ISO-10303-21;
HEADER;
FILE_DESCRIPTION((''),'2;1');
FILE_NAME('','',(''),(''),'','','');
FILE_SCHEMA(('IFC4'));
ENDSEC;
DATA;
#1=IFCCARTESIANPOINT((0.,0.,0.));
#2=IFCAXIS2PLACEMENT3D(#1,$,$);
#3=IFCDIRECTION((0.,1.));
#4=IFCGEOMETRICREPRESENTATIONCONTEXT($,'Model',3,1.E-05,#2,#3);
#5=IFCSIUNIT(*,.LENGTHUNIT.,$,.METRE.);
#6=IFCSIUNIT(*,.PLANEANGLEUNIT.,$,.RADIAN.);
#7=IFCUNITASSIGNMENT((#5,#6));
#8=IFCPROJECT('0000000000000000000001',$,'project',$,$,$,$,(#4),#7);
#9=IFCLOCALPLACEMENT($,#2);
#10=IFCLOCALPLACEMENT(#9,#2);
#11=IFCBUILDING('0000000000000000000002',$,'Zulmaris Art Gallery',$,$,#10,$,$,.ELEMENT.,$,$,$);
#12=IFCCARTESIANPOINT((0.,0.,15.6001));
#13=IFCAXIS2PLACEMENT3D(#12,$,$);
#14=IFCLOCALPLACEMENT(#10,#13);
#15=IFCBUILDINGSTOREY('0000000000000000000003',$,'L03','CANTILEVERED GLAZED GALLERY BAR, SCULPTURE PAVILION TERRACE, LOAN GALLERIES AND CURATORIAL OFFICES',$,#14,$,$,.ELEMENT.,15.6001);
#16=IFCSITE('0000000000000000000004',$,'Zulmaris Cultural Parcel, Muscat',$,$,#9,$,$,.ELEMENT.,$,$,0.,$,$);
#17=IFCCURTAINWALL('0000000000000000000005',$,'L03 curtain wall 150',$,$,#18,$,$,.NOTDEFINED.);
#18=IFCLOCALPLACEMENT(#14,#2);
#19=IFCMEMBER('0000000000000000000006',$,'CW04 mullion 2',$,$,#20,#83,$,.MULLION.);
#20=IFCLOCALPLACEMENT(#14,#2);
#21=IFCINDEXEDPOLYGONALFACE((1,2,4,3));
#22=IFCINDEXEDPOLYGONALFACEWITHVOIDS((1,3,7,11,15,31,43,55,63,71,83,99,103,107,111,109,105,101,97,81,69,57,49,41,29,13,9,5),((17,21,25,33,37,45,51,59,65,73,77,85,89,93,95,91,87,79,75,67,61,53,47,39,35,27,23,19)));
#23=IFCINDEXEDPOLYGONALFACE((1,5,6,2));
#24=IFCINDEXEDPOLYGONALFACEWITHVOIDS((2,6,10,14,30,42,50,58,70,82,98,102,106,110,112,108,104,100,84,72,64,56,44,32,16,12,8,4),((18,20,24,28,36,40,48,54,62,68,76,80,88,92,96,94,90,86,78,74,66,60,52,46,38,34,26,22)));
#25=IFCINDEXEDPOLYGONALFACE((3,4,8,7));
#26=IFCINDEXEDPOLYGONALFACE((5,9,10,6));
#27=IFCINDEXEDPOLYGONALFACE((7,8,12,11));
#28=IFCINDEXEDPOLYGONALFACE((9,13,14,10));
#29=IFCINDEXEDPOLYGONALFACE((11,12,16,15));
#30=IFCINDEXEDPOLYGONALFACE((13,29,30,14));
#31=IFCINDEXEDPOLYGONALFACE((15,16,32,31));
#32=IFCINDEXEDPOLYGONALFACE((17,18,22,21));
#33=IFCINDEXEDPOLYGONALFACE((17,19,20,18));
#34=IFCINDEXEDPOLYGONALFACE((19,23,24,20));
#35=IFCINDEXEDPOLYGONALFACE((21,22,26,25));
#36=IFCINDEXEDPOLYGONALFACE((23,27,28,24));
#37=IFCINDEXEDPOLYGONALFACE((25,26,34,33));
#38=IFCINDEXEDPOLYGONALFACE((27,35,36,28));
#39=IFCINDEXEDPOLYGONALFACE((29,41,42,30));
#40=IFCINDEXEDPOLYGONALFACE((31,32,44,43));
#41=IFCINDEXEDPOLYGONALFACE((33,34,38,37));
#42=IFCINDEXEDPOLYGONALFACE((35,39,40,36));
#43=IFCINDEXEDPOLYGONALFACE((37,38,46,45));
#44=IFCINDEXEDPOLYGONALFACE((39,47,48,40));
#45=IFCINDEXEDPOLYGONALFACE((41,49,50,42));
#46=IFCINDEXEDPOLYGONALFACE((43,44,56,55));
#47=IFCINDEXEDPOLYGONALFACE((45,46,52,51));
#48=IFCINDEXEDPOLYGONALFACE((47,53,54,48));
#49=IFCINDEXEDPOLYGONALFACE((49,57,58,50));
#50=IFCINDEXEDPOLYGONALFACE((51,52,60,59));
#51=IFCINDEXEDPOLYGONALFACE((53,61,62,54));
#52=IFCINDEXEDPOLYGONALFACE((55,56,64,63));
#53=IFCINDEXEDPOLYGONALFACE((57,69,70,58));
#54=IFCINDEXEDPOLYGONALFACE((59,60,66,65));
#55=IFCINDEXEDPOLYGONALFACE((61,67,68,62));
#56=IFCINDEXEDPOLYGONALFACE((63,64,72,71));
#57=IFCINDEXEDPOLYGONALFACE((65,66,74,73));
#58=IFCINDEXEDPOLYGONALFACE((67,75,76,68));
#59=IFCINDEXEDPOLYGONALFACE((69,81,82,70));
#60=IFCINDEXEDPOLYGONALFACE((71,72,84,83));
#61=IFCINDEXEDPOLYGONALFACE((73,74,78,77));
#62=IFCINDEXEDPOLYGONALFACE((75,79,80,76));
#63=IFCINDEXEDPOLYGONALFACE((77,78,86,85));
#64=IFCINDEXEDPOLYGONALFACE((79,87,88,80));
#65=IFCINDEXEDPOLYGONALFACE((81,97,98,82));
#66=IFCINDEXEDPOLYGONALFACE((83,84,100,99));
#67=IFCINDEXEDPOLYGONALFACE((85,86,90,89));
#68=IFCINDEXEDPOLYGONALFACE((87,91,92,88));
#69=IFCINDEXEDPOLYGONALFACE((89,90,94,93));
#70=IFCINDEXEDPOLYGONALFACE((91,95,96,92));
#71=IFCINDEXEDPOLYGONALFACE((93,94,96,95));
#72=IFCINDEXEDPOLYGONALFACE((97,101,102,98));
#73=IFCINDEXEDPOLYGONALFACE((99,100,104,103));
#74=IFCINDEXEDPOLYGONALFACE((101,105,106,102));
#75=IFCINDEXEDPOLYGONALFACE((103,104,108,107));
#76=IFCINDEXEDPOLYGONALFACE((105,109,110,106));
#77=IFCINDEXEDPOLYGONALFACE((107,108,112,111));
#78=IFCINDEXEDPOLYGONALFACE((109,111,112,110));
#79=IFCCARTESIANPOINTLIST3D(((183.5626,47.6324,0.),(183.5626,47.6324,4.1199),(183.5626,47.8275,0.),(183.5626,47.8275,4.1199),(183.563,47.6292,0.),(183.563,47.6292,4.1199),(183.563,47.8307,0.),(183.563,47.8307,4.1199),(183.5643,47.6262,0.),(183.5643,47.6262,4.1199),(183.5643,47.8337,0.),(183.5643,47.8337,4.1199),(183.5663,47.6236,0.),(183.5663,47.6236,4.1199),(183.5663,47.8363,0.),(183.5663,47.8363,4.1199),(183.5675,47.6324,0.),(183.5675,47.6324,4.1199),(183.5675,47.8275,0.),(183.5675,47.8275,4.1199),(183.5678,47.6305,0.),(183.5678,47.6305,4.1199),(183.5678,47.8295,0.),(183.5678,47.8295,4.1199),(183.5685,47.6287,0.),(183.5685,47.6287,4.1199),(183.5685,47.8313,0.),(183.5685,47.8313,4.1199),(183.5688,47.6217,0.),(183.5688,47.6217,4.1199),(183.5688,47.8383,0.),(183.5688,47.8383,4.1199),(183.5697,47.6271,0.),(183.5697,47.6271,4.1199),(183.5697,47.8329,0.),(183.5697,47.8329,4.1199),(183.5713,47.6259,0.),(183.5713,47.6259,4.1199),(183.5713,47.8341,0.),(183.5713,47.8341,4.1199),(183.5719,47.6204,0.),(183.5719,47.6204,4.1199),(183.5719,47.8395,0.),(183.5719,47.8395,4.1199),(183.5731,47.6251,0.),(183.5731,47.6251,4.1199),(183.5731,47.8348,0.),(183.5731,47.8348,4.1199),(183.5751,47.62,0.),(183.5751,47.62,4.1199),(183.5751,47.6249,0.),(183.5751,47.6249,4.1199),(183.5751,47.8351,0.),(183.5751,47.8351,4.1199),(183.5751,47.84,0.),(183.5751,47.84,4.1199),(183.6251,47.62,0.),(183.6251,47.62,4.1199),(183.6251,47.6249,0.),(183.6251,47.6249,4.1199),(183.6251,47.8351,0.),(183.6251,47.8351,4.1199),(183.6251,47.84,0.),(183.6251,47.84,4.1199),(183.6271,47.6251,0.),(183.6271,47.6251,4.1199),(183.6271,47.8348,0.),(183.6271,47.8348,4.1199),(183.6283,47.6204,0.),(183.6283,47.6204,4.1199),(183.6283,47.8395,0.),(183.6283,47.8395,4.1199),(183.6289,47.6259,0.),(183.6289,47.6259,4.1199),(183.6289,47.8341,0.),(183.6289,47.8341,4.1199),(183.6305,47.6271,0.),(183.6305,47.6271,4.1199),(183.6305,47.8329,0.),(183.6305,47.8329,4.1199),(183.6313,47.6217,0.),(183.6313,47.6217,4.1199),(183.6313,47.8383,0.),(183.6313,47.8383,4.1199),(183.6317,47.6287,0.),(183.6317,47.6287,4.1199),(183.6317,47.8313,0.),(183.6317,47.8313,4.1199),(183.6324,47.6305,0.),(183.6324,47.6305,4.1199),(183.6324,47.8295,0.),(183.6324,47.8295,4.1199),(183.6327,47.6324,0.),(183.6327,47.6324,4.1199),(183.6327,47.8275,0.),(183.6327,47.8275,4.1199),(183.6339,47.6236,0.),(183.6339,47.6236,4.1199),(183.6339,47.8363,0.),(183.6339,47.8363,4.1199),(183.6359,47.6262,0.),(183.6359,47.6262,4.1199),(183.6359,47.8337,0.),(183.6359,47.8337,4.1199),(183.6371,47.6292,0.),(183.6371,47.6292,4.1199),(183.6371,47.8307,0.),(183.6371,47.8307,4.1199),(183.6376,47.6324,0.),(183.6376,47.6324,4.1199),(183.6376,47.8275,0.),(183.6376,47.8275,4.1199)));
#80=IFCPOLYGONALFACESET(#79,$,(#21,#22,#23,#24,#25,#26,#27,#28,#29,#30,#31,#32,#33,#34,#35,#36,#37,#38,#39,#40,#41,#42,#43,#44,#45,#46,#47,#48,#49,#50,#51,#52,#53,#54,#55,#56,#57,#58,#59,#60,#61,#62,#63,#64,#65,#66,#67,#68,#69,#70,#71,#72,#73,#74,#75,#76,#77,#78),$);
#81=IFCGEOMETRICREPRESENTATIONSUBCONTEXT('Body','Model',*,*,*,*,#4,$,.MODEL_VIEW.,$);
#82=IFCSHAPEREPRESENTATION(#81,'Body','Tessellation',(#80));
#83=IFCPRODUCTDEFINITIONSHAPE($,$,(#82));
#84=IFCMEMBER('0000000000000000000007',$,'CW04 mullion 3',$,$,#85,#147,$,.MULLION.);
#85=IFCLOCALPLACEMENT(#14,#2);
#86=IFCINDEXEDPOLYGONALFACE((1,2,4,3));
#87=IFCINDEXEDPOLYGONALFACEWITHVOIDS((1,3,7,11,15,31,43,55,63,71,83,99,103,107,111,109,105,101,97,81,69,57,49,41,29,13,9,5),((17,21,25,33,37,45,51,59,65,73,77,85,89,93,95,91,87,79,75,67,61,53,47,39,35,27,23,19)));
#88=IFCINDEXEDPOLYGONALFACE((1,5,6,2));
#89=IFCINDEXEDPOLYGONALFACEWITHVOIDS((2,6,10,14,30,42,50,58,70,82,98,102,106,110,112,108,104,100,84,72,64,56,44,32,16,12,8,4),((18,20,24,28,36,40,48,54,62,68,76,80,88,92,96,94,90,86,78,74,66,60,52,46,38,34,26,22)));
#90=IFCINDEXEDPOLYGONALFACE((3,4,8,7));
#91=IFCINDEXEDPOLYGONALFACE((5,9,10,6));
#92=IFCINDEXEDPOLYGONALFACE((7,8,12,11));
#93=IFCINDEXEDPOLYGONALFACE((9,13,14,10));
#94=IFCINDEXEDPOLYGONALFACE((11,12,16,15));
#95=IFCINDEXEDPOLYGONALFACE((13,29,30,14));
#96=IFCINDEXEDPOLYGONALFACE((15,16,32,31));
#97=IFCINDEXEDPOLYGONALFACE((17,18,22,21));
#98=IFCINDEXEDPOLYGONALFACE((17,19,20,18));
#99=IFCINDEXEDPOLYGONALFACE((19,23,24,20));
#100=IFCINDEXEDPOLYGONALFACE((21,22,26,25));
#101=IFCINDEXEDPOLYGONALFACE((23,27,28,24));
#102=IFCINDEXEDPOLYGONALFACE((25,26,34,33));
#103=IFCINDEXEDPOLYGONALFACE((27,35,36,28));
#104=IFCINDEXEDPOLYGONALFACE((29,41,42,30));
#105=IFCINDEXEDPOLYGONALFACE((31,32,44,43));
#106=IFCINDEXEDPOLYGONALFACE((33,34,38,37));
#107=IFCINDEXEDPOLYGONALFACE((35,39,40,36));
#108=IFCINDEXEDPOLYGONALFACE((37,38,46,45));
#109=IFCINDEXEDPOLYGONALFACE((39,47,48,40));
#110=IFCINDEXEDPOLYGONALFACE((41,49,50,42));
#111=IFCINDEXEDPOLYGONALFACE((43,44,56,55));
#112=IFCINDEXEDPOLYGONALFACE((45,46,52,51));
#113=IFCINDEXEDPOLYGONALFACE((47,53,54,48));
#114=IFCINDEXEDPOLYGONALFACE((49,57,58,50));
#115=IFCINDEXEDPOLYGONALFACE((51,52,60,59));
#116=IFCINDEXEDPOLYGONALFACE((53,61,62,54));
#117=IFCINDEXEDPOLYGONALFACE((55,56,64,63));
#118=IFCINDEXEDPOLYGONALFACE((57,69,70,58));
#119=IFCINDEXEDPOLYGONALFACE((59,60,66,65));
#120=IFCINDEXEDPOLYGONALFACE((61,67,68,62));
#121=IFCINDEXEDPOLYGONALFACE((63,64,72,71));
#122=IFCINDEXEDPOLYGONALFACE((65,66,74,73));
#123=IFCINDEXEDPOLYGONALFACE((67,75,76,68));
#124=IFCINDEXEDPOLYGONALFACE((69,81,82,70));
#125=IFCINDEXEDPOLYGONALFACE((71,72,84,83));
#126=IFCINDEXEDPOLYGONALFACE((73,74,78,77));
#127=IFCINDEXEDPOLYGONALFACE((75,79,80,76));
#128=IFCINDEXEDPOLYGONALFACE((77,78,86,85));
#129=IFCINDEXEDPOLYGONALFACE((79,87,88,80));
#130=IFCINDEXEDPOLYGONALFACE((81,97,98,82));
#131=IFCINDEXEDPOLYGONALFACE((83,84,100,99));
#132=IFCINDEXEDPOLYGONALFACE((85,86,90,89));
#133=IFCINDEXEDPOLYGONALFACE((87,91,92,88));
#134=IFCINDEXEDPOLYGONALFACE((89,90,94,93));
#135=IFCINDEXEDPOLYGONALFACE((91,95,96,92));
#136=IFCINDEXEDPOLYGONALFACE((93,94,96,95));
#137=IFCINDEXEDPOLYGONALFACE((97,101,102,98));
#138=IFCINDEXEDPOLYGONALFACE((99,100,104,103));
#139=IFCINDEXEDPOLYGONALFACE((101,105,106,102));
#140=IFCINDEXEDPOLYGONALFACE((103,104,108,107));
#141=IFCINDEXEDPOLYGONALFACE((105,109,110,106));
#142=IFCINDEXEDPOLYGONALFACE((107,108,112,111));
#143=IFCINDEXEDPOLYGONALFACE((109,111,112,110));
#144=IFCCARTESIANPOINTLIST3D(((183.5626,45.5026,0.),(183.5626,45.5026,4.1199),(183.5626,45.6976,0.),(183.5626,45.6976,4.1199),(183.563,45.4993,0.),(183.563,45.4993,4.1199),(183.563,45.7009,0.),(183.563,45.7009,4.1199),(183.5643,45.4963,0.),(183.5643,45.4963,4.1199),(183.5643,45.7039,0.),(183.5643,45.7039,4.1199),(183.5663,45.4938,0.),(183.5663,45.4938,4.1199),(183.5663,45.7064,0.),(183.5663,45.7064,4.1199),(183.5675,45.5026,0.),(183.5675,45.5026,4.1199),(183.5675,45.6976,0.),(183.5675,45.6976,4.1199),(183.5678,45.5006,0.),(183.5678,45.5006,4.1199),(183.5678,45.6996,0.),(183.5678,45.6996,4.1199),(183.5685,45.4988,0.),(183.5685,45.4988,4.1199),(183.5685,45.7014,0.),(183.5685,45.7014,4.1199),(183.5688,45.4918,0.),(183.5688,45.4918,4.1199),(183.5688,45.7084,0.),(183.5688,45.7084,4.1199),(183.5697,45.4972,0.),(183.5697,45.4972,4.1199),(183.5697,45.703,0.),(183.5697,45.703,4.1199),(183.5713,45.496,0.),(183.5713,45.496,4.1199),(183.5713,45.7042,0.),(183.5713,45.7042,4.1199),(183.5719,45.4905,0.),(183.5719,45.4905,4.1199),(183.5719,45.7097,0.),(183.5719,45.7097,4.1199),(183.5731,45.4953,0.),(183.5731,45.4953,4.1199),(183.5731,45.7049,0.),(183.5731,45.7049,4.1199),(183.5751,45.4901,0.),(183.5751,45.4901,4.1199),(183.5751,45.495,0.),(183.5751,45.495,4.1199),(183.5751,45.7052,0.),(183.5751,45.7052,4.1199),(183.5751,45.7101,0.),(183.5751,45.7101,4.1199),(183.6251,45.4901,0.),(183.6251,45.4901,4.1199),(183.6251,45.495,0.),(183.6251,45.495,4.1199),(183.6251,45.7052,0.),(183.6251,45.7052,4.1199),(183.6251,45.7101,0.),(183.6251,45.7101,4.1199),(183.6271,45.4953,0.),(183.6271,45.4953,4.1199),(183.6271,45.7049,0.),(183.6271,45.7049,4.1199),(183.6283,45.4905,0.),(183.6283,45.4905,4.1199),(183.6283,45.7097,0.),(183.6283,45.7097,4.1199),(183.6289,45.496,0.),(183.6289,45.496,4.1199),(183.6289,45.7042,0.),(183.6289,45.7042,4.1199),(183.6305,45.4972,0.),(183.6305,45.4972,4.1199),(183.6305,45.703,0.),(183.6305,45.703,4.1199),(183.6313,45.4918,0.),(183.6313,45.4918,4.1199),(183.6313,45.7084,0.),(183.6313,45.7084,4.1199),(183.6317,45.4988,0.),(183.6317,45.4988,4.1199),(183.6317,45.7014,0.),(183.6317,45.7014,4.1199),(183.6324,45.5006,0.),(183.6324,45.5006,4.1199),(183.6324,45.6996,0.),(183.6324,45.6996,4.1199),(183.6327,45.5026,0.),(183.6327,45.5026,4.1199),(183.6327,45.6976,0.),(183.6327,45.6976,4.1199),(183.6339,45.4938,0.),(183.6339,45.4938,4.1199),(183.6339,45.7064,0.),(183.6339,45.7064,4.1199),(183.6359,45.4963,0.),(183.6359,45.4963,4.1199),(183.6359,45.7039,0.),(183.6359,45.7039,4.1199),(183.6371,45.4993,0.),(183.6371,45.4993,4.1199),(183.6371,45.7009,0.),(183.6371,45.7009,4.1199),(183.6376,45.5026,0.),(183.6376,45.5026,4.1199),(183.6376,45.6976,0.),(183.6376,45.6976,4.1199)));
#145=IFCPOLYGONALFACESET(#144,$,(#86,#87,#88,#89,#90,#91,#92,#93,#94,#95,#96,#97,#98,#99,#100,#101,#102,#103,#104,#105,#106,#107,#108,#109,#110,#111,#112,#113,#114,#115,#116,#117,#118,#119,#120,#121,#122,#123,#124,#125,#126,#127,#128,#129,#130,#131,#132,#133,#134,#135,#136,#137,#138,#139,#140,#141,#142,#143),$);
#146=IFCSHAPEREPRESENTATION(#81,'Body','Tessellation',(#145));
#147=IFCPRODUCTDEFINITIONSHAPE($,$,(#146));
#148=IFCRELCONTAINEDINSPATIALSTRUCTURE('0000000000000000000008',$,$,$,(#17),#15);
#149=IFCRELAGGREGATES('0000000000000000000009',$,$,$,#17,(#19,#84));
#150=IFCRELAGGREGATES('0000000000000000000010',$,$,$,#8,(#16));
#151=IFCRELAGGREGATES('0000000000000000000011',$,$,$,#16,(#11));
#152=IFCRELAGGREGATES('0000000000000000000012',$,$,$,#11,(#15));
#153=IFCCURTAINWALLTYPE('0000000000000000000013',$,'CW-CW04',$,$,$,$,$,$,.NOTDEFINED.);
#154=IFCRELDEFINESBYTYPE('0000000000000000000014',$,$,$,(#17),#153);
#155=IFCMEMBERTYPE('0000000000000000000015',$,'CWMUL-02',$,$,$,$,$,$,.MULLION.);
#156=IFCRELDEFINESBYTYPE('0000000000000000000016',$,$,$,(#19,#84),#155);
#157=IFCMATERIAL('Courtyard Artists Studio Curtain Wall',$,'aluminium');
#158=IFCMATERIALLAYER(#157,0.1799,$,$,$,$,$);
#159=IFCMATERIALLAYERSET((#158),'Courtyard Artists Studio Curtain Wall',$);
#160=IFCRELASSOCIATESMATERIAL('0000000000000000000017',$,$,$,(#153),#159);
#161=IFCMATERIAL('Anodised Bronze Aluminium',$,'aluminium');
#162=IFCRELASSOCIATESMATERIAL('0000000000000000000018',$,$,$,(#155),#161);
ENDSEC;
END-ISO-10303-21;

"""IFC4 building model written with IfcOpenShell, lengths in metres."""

from ifc_helpers import new_model, si_unit, direction, frame, origin, origin_2d, place, context, subcontext, project, spatial, hollow_rectangle, extrude, material, layer, layer_set, material_profile, profile_set, type_object, element, aggregate, save


model = new_model("IFC4")

# Units and contexts
model_context = context("Model", 3, precision=1e-05, world=origin(), true_north=direction((0.0, 1.0)))
body_context = subcontext(model_context, "Body", "Model", "MODEL_VIEW")
ifc_project = project(units=[si_unit("LENGTHUNIT", "METRE"), si_unit("PLANEANGLEUNIT", "RADIAN")], contexts=[model_context])

# Site, building, storey
site_placement = place(None, origin())
site = spatial("IfcSite", under=ifc_project, at=site_placement, Name="Zulmaris Cultural Parcel, Muscat", CompositionType="ELEMENT", RefElevation=0.0)
building_placement = place(site_placement, origin())
building = spatial("IfcBuilding", under=site, at=building_placement, Name="Zulmaris Art Gallery", CompositionType="ELEMENT")
storey_placement = place(building_placement, frame((0.0, 0.0, 15.6001)))
storey = spatial("IfcBuildingStorey", under=building, at=storey_placement, Name="L03", Description="CANTILEVERED GLAZED GALLERY BAR, SCULPTURE PAVILION TERRACE, LOAN GALLERIES AND CURATORIAL OFFICES", CompositionType="ELEMENT", Elevation=15.6001)

# Curtain wall, members
ifc_material_1 = material(Name="Courtyard Artists Studio Curtain Wall", Category="aluminium")
ifc_layer_1 = layer(ifc_material_1, 0.1799)
ifc_layer_set_1 = layer_set([ifc_layer_1], Name="Courtyard Artists Studio Curtain Wall")
curtain_wall_type = type_object("IfcCurtainWallType", Name="CW-CW04", PredefinedType="NOTDEFINED", material=ifc_layer_set_1)
curtain_wall_1_placement = place(storey_placement, origin())
curtain_wall_1 = element("IfcCurtainWall", 1, at=curtain_wall_1_placement, inside=storey, type_object=curtain_wall_type, Name="L03 curtain wall 150", PredefinedType="NOTDEFINED")
ifc_material_2 = material(Name="Anodised Bronze Aluminium", Category="aluminium")
ifc_material_profile_1 = material_profile(ifc_material_2, hollow_rectangle(XDim=0.075, YDim=0.22, WallThickness=0.0049, InnerFilletRadius=0.0076, OuterFilletRadius=0.0125, at=origin_2d()), Name="ALU 75x220x5")
ifc_profile_set_1 = profile_set([ifc_material_profile_1], Name="Anodised Bronze Aluminium")
member_type_1 = type_object("IfcMemberType", Name="CWMUL-02", PredefinedType="MULLION", material=ifc_profile_set_1)
member_1_placement = place(storey_placement, frame((183.6001, 47.73, 0.0), z_axis=(0.0, 0.0, 1.0), x_axis=(1.0, 0.0, 0.0)))
member_1 = element("IfcMember", 2, at=member_1_placement, type_object=member_type_1, Name="CW04 mullion 2", PredefinedType="MULLION", context=body_context, shape_type="SweptSolid", body=[
    extrude(hollow_rectangle(XDim=0.075, YDim=0.22, WallThickness=0.0049, InnerFilletRadius=0.0076, OuterFilletRadius=0.0125, at=origin_2d()), origin(), (0.0, 0.0, 1.0), 4.1199),
])
member_2_placement = place(storey_placement, frame((183.6001, 45.6001, 0.0), z_axis=(0.0, 0.0, 1.0), x_axis=(1.0, 0.0, 0.0)))
member_2 = element("IfcMember", 3, at=member_2_placement, type_object=member_type_1, Name="CW04 mullion 3", PredefinedType="MULLION", context=body_context, shape_type="SweptSolid", body=[
    extrude(hollow_rectangle(XDim=0.075, YDim=0.22, WallThickness=0.0049, InnerFilletRadius=0.0076, OuterFilletRadius=0.0125, at=origin_2d()), origin(), (0.0, 0.0, 1.0), 4.1199),
])

aggregate(curtain_wall_1, [member_1, member_2])

save(model, "model.ifc")
